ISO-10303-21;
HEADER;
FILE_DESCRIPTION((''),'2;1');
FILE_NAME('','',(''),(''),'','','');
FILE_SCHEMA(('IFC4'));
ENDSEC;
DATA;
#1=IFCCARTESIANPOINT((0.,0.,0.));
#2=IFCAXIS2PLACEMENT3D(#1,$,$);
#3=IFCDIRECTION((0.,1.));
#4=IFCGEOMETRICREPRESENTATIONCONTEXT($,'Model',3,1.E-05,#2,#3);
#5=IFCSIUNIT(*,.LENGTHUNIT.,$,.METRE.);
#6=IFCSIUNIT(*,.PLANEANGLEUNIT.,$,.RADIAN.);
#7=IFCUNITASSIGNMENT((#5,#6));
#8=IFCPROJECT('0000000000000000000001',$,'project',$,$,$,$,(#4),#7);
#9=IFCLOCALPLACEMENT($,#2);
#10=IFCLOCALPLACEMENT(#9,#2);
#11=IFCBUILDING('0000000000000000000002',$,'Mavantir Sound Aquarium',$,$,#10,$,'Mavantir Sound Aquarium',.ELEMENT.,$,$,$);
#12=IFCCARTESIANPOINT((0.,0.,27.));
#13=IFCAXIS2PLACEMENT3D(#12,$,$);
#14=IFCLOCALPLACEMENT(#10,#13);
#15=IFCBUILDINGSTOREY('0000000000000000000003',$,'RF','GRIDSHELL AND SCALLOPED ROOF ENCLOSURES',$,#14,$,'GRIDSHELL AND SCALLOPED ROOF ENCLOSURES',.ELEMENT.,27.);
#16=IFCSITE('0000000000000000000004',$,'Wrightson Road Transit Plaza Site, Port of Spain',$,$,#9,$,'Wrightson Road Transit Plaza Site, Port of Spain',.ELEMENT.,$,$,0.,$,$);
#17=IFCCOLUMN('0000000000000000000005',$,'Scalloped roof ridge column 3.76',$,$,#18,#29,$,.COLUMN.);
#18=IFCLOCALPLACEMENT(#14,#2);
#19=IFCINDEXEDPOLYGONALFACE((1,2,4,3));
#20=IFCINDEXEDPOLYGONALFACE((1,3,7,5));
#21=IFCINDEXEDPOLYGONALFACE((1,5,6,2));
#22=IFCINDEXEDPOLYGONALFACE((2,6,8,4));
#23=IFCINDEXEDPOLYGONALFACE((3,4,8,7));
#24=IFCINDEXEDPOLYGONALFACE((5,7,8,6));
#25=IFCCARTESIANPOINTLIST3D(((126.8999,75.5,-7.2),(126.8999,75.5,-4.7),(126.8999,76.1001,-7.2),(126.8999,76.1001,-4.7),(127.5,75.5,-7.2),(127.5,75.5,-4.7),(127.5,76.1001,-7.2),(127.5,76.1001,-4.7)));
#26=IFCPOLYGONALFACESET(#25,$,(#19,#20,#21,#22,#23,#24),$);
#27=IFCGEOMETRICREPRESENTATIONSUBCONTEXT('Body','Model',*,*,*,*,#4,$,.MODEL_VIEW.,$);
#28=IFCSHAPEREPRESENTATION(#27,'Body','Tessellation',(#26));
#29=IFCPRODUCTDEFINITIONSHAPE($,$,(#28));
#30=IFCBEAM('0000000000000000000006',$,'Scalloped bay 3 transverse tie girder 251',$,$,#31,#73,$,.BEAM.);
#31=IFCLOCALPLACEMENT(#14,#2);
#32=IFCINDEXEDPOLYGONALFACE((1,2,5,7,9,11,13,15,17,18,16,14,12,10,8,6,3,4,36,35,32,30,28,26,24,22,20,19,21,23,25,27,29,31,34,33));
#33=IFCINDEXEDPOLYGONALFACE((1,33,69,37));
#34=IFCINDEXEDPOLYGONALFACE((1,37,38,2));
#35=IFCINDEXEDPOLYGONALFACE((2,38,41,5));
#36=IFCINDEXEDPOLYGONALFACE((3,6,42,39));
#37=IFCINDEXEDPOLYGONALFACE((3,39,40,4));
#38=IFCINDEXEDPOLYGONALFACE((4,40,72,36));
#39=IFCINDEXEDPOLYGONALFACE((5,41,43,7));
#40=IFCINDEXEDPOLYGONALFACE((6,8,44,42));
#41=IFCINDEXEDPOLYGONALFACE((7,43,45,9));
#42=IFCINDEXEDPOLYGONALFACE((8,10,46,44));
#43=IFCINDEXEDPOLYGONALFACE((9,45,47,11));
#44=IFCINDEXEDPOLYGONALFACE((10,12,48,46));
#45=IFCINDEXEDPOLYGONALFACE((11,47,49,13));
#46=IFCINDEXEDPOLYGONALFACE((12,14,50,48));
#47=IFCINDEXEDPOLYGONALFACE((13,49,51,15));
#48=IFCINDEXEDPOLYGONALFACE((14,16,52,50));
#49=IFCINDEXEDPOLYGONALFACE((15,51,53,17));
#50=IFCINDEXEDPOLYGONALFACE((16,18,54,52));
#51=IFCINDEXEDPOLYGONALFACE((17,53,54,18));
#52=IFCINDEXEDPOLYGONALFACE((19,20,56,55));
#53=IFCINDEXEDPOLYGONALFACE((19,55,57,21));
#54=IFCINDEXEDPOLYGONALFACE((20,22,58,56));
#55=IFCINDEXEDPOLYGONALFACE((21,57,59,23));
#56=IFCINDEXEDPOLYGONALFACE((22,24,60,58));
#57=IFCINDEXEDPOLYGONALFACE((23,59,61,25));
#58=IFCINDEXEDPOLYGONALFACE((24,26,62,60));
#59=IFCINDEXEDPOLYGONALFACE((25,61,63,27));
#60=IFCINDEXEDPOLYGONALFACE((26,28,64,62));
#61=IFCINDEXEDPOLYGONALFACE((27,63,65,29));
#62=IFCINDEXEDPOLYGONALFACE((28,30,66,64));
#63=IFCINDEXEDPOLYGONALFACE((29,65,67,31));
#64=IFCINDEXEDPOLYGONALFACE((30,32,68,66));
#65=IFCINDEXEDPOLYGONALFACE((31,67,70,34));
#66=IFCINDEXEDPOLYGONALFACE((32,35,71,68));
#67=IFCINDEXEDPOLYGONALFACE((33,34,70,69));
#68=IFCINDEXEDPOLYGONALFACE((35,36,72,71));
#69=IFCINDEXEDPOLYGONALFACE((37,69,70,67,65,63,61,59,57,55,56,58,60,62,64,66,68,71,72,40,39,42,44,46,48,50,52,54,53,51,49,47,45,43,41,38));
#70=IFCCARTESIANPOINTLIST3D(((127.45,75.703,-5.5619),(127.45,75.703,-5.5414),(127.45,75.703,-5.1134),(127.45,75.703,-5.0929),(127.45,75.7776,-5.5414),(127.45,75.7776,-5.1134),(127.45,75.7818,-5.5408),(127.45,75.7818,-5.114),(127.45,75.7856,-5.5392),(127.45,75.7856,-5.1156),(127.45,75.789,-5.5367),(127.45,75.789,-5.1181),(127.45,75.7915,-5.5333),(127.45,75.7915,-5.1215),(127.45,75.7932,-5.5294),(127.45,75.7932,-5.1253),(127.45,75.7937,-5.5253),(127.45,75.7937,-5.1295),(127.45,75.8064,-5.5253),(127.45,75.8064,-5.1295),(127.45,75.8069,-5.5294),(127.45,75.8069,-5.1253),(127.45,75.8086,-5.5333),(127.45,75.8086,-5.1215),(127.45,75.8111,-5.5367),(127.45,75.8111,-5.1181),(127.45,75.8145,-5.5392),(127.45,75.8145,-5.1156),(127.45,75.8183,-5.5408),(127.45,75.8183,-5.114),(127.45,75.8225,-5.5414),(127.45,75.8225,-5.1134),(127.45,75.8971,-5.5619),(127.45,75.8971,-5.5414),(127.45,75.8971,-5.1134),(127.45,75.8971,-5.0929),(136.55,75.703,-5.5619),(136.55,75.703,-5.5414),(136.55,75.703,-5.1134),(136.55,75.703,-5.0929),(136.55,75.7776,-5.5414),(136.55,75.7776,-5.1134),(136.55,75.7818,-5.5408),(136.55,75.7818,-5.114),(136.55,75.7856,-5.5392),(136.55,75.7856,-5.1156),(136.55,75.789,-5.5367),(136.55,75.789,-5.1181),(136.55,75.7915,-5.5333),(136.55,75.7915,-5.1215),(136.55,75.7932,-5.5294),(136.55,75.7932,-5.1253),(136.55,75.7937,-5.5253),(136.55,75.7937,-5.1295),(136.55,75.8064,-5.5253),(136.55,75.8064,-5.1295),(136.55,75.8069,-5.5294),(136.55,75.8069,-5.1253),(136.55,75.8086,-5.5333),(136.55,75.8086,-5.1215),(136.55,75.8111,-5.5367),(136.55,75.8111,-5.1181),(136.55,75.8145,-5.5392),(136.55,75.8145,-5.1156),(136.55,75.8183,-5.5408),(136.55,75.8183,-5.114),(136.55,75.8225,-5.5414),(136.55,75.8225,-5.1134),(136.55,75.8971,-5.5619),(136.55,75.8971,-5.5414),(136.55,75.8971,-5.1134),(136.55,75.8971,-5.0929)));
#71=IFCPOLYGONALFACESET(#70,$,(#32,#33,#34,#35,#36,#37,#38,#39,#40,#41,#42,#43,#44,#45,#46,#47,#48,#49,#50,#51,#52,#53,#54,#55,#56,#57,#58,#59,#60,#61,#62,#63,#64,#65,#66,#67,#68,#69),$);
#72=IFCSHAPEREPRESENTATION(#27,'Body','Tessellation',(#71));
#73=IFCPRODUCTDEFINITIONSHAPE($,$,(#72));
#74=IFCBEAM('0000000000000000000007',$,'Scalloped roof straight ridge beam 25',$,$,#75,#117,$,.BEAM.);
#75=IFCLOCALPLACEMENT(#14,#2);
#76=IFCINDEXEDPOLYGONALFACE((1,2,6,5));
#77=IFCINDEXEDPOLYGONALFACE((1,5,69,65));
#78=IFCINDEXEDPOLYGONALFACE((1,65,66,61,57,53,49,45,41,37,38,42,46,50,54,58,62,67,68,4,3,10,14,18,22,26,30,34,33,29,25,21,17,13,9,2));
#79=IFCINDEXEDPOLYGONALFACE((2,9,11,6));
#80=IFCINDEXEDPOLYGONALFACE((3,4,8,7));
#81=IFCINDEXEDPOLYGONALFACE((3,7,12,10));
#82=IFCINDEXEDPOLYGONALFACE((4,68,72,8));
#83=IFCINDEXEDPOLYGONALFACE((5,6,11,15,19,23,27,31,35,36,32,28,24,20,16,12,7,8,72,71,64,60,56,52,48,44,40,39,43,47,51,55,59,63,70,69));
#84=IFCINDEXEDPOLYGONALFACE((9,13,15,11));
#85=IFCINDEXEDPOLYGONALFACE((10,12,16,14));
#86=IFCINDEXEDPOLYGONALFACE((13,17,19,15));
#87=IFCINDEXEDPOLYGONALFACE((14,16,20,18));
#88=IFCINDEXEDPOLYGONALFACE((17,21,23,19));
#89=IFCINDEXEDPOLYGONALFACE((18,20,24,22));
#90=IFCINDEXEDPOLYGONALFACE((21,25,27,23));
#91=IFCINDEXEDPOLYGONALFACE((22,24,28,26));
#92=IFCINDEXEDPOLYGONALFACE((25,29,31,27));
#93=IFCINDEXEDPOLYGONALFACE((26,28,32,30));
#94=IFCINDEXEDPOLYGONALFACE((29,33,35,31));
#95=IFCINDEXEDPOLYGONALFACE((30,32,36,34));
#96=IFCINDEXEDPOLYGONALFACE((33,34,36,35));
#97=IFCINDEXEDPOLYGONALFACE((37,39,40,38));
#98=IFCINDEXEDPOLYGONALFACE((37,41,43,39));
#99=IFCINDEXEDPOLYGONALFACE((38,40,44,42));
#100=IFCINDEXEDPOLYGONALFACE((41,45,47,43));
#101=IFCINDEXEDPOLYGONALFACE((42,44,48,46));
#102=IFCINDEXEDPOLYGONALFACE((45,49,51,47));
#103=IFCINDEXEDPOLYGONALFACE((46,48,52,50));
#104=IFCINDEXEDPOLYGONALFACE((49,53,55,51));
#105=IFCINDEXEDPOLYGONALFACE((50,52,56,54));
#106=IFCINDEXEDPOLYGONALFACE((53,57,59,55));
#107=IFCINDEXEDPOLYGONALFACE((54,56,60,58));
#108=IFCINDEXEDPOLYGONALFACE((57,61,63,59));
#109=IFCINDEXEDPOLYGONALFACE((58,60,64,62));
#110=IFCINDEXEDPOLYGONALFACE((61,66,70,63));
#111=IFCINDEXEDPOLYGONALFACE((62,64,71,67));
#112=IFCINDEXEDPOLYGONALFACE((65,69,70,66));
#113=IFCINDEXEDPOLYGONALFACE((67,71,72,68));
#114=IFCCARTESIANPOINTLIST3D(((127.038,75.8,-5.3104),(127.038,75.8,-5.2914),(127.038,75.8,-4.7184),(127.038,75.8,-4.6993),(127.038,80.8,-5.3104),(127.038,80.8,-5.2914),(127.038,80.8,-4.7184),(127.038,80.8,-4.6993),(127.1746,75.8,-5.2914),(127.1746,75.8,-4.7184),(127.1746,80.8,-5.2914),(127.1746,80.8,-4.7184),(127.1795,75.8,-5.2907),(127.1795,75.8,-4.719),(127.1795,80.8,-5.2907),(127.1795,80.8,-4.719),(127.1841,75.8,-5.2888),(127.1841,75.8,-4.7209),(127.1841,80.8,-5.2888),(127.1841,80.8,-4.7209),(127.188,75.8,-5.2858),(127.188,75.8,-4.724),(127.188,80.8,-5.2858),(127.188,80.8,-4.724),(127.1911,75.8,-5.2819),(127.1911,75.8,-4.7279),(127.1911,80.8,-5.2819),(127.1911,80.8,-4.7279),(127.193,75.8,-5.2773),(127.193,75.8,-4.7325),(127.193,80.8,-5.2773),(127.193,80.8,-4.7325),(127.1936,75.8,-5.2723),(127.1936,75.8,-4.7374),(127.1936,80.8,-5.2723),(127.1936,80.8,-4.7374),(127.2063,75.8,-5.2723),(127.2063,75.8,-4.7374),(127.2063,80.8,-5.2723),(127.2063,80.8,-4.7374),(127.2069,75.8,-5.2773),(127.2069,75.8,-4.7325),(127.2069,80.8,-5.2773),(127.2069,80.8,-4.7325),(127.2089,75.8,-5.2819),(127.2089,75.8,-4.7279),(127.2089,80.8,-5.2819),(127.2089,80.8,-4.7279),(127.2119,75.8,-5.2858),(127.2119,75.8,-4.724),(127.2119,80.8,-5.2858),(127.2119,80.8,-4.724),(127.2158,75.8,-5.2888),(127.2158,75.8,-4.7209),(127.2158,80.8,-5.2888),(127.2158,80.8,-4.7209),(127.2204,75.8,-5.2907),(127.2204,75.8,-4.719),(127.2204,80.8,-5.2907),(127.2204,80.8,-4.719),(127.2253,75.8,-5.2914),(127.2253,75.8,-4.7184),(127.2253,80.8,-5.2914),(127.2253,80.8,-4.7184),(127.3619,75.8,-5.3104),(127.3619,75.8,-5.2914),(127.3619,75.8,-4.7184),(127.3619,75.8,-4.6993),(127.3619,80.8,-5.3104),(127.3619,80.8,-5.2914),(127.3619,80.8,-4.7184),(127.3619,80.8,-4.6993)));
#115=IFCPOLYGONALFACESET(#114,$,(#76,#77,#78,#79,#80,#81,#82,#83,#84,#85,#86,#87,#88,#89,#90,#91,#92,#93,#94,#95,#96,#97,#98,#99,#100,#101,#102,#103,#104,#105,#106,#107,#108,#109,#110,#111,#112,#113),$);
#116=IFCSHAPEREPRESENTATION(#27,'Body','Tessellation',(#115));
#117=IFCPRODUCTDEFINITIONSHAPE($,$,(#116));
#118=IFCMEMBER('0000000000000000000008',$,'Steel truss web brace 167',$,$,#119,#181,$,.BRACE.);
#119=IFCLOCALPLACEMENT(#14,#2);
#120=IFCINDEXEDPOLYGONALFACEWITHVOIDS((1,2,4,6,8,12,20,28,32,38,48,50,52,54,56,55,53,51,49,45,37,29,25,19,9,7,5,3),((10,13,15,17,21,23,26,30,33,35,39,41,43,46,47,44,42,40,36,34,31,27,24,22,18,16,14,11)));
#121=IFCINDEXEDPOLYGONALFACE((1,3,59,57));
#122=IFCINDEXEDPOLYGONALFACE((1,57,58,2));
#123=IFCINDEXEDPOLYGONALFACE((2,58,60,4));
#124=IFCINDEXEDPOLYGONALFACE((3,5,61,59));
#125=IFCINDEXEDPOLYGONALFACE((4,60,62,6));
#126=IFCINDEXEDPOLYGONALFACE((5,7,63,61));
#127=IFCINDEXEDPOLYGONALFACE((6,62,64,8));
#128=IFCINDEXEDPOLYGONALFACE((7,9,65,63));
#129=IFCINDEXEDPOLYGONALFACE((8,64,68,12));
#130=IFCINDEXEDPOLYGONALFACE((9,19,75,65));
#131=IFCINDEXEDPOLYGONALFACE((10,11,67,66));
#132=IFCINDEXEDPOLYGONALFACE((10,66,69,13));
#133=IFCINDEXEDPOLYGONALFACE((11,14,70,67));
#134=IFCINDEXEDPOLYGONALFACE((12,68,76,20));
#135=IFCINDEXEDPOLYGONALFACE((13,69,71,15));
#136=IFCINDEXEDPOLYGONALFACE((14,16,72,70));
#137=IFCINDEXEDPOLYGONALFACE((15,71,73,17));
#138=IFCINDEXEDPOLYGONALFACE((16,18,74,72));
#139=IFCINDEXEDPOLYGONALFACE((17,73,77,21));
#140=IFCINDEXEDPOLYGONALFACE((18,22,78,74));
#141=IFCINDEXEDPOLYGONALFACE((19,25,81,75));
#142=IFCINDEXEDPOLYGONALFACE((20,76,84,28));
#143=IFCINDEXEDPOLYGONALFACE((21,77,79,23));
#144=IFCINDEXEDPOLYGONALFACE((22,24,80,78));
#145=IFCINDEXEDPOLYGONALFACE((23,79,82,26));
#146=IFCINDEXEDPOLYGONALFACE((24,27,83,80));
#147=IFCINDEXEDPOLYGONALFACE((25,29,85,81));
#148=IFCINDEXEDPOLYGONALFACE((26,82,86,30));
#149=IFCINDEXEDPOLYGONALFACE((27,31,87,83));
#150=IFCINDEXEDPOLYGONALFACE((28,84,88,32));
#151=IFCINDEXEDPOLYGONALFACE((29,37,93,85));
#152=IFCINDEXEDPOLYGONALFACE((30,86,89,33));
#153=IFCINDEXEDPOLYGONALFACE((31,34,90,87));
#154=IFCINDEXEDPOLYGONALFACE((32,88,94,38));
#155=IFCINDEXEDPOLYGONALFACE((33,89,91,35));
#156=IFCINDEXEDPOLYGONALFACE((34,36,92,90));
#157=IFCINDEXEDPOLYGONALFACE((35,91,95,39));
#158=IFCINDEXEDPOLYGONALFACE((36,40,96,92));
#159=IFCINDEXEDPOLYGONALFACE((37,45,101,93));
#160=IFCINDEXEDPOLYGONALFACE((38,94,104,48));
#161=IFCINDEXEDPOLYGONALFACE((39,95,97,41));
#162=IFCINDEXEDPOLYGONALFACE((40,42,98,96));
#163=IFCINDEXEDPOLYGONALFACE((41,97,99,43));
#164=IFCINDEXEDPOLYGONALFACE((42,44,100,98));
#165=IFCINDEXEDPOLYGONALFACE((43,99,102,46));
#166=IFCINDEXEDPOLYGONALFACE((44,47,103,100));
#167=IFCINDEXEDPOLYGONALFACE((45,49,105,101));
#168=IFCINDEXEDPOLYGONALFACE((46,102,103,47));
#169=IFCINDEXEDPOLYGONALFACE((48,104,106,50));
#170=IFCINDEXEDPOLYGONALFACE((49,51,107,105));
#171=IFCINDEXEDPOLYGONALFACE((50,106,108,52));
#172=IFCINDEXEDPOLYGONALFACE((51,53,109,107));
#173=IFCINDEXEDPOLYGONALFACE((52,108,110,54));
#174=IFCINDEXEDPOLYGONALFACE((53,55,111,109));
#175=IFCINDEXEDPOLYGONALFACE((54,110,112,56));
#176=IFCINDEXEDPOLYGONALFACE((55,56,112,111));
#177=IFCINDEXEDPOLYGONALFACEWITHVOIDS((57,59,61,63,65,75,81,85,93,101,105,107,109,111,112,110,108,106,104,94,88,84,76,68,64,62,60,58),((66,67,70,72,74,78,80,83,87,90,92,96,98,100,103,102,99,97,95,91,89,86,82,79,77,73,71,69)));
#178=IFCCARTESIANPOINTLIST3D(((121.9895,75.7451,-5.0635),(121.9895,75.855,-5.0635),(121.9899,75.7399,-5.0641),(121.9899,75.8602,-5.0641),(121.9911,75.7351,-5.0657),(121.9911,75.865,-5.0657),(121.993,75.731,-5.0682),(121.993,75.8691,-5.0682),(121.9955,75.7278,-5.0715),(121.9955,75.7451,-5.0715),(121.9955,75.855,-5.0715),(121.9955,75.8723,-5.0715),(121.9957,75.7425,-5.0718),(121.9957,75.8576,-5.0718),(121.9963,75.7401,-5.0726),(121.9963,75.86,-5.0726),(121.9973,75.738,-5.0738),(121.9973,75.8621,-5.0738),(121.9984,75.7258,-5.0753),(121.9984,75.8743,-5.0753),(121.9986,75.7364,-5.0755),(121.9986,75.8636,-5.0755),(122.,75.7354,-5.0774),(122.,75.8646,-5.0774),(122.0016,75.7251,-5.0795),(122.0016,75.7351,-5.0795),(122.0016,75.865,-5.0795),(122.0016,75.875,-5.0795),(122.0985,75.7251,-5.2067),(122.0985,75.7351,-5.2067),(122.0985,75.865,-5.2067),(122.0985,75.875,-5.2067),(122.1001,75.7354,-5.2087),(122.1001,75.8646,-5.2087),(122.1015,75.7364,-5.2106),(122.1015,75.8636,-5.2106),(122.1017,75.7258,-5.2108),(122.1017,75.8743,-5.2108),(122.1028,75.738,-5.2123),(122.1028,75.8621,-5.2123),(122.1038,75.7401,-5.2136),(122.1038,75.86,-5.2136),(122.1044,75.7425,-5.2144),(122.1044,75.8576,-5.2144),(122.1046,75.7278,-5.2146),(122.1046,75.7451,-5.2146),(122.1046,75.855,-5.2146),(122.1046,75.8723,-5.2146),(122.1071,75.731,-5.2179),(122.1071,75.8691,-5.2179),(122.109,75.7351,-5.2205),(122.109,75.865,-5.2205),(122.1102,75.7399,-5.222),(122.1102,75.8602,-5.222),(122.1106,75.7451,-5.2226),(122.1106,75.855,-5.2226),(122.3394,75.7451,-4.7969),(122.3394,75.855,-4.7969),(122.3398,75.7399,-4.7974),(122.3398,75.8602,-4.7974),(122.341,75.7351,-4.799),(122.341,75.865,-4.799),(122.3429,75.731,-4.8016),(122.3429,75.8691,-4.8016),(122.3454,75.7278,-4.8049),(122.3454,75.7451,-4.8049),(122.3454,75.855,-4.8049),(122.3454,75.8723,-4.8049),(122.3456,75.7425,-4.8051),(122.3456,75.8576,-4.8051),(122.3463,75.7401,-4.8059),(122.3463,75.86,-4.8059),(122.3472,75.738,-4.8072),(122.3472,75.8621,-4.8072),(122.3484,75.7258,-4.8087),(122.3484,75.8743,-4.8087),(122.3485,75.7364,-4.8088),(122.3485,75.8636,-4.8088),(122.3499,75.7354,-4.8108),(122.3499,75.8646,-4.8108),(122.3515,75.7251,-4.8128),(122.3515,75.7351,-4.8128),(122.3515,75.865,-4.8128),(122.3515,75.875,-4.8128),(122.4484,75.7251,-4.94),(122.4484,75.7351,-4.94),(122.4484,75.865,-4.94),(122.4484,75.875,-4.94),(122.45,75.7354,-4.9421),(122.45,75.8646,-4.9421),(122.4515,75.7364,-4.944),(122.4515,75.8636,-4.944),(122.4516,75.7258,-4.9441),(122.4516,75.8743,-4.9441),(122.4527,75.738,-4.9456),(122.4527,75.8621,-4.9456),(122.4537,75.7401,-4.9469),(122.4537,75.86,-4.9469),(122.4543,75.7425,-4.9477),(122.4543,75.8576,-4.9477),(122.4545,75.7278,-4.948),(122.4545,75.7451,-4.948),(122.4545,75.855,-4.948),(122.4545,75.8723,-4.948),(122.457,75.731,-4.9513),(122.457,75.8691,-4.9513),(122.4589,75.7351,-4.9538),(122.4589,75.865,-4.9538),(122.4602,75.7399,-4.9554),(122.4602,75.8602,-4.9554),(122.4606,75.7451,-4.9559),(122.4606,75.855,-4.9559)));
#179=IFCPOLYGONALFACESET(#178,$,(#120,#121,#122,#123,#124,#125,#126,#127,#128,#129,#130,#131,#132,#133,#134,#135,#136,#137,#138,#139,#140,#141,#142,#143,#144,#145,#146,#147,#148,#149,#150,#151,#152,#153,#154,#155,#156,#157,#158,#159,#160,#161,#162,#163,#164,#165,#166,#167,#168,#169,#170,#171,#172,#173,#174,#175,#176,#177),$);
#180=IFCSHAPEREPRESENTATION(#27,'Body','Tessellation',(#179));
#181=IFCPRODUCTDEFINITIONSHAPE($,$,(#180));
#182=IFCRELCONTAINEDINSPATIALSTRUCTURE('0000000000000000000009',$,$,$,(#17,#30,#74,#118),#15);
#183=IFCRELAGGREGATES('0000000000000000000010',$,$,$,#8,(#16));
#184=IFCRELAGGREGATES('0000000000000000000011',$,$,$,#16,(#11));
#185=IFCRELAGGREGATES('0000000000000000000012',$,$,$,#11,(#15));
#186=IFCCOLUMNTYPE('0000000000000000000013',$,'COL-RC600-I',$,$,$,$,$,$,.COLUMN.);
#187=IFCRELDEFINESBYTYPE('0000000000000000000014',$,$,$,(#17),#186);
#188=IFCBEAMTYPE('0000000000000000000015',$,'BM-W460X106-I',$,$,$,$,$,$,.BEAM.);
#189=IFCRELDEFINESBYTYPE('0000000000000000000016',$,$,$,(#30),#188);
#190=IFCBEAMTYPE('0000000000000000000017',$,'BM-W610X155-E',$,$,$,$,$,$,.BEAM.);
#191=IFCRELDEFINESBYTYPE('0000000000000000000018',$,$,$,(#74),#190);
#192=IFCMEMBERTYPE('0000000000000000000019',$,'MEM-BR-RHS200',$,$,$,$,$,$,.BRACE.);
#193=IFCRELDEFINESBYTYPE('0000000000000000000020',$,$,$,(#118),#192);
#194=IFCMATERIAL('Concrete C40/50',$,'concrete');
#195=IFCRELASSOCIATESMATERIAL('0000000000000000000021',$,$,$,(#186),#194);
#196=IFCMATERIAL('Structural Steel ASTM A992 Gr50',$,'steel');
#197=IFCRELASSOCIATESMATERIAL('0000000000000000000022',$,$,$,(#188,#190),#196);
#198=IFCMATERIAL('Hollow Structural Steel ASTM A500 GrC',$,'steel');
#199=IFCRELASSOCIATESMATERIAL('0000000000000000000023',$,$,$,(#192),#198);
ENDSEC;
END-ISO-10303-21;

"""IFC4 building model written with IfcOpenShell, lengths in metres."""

from ifc_helpers import new_model, si_unit, direction, frame, origin, origin_2d, place, context, subcontext, project, spatial, rectangle, hollow_rectangle, i_section, extrude, material, material_profile, profile_set, type_object, element, save


model = new_model("IFC4")

# Units and contexts
model_context = context("Model", 3, precision=1e-05, world=origin(), true_north=direction((0.0, 1.0)))
body_context = subcontext(model_context, "Body", "Model", "MODEL_VIEW")
ifc_project = project(units=[si_unit("LENGTHUNIT", "METRE"), si_unit("PLANEANGLEUNIT", "RADIAN")], contexts=[model_context])

# Site, building, storey
site_placement = place(None, origin())
site = spatial("IfcSite", under=ifc_project, at=site_placement, Name="Wrightson Road Transit Plaza Site, Port of Spain", LongName="Wrightson Road Transit Plaza Site, Port of Spain", CompositionType="ELEMENT", RefElevation=0.0)
building_placement = place(site_placement, origin())
building = spatial("IfcBuilding", under=site, at=building_placement, Name="Mavantir Sound Aquarium", LongName="Mavantir Sound Aquarium", CompositionType="ELEMENT")
storey_placement = place(building_placement, frame((0.0, 0.0, 27.0)))
storey = spatial("IfcBuildingStorey", under=building, at=storey_placement, Name="RF", Description="GRIDSHELL AND SCALLOPED ROOF ENCLOSURES", LongName="GRIDSHELL AND SCALLOPED ROOF ENCLOSURES", CompositionType="ELEMENT", Elevation=27.0)

# Column
ifc_material_1 = material(Name="Concrete C40/50", Category="concrete")
ifc_material_profile_1 = material_profile(ifc_material_1, rectangle(XDim=0.6001, YDim=0.6001, at=origin_2d()), Name="RC 600X600")
ifc_profile_set_1 = profile_set([ifc_material_profile_1], Name="Concrete C40/50")
column_type = type_object("IfcColumnType", Name="COL-RC600-I", PredefinedType="COLUMN", material=ifc_profile_set_1)
column_placement = place(storey_placement, frame((127.2, 75.8, -7.2), z_axis=(0.0, 0.0, 1.0), x_axis=(1.0, 0.0, 0.0)))
element("IfcColumn", 1, at=column_placement, inside=storey, type_object=column_type, Name="Scalloped roof ridge column 3.76", PredefinedType="COLUMN", context=body_context, shape_type="SweptSolid", body=[
    extrude(rectangle(XDim=0.6001, YDim=0.6001, at=origin_2d()), origin(), (0.0, 0.0, 1.0), 2.5),
])

# Beams
ifc_material_2 = material(Name="Structural Steel ASTM A992 Gr50", Category="steel")
ifc_material_profile_2 = material_profile(ifc_material_2, i_section(OverallWidth=0.1941, OverallDepth=0.469, WebThickness=0.0127, FlangeThickness=0.0205, FilletRadius=0.0161, at=origin_2d()), Name="W460X106")
ifc_profile_set_2 = profile_set([ifc_material_profile_2], Name="Structural Steel ASTM A992 Gr50")
beam_type_1 = type_object("IfcBeamType", Name="BM-W460X106-I", PredefinedType="BEAM", material=ifc_profile_set_2)
beam_1_placement = place(storey_placement, frame((127.45, 75.8, -5.3274), z_axis=(1.0, 0.0, 0.0), x_axis=(0.0, 1.0, 0.0)))
element("IfcBeam", 2, at=beam_1_placement, inside=storey, type_object=beam_type_1, Name="Scalloped bay 3 transverse tie girder 251", PredefinedType="BEAM", context=body_context, shape_type="SweptSolid", body=[
    extrude(i_section(OverallWidth=0.1941, OverallDepth=0.469, WebThickness=0.0127, FlangeThickness=0.0205, FilletRadius=0.0161, at=origin_2d()), origin(), (0.0, 0.0, 1.0), 9.1001),
])
ifc_material_profile_3 = material_profile(ifc_material_2, i_section(OverallWidth=0.324, OverallDepth=0.6111, WebThickness=0.0127, FlangeThickness=0.019, FilletRadius=0.019, at=origin_2d()), Name="W610X155")
ifc_profile_set_3 = profile_set([ifc_material_profile_3], Name="Structural Steel ASTM A992 Gr50")
beam_type_2 = type_object("IfcBeamType", Name="BM-W610X155-E", PredefinedType="BEAM", material=ifc_profile_set_3)
beam_2_placement = place(storey_placement, frame((127.2, 75.8, -5.0049), z_axis=(0.0, 1.0, 0.0), x_axis=(-1.0, 0.0, 0.0)))
element("IfcBeam", 3, at=beam_2_placement, inside=storey, type_object=beam_type_2, Name="Scalloped roof straight ridge beam 25", PredefinedType="BEAM", context=body_context, shape_type="SweptSolid", body=[
    extrude(i_section(OverallWidth=0.324, OverallDepth=0.6111, WebThickness=0.0127, FlangeThickness=0.019, FilletRadius=0.019, at=origin_2d()), origin(), (0.0, 0.0, 1.0), 5.0),
])

# Member
ifc_material_3 = material(Name="Hollow Structural Steel ASTM A500 GrC", Category="steel")
ifc_material_profile_4 = material_profile(ifc_material_3, hollow_rectangle(XDim=0.1499, YDim=0.2, WallThickness=0.01, InnerFilletRadius=0.01, OuterFilletRadius=0.02, at=origin_2d()), Name="RHS 200X150X10")
ifc_profile_set_4 = profile_set([ifc_material_profile_4], Name="Hollow Structural Steel ASTM A500 GrC")
member_type_1 = type_object("IfcMemberType", Name="MEM-BR-RHS200", PredefinedType="BRACE", material=ifc_profile_set_4)
member_1_placement = place(storey_placement, frame((122.05, 75.8, -5.1431), z_axis=(0.795381, 0.0, 0.60611), x_axis=(0.0, 1.0, 0.0)))
element("IfcMember", 4, at=member_1_placement, inside=storey, type_object=member_type_1, Name="Steel truss web brace 167", PredefinedType="BRACE", context=body_context, shape_type="SweptSolid", body=[
    extrude(hollow_rectangle(XDim=0.1499, YDim=0.2, WallThickness=0.01, InnerFilletRadius=0.01, OuterFilletRadius=0.02, at=origin_2d()), origin(), (0.0, 0.0, 1.0), 0.4399),
])

save(model, "model.ifc")
